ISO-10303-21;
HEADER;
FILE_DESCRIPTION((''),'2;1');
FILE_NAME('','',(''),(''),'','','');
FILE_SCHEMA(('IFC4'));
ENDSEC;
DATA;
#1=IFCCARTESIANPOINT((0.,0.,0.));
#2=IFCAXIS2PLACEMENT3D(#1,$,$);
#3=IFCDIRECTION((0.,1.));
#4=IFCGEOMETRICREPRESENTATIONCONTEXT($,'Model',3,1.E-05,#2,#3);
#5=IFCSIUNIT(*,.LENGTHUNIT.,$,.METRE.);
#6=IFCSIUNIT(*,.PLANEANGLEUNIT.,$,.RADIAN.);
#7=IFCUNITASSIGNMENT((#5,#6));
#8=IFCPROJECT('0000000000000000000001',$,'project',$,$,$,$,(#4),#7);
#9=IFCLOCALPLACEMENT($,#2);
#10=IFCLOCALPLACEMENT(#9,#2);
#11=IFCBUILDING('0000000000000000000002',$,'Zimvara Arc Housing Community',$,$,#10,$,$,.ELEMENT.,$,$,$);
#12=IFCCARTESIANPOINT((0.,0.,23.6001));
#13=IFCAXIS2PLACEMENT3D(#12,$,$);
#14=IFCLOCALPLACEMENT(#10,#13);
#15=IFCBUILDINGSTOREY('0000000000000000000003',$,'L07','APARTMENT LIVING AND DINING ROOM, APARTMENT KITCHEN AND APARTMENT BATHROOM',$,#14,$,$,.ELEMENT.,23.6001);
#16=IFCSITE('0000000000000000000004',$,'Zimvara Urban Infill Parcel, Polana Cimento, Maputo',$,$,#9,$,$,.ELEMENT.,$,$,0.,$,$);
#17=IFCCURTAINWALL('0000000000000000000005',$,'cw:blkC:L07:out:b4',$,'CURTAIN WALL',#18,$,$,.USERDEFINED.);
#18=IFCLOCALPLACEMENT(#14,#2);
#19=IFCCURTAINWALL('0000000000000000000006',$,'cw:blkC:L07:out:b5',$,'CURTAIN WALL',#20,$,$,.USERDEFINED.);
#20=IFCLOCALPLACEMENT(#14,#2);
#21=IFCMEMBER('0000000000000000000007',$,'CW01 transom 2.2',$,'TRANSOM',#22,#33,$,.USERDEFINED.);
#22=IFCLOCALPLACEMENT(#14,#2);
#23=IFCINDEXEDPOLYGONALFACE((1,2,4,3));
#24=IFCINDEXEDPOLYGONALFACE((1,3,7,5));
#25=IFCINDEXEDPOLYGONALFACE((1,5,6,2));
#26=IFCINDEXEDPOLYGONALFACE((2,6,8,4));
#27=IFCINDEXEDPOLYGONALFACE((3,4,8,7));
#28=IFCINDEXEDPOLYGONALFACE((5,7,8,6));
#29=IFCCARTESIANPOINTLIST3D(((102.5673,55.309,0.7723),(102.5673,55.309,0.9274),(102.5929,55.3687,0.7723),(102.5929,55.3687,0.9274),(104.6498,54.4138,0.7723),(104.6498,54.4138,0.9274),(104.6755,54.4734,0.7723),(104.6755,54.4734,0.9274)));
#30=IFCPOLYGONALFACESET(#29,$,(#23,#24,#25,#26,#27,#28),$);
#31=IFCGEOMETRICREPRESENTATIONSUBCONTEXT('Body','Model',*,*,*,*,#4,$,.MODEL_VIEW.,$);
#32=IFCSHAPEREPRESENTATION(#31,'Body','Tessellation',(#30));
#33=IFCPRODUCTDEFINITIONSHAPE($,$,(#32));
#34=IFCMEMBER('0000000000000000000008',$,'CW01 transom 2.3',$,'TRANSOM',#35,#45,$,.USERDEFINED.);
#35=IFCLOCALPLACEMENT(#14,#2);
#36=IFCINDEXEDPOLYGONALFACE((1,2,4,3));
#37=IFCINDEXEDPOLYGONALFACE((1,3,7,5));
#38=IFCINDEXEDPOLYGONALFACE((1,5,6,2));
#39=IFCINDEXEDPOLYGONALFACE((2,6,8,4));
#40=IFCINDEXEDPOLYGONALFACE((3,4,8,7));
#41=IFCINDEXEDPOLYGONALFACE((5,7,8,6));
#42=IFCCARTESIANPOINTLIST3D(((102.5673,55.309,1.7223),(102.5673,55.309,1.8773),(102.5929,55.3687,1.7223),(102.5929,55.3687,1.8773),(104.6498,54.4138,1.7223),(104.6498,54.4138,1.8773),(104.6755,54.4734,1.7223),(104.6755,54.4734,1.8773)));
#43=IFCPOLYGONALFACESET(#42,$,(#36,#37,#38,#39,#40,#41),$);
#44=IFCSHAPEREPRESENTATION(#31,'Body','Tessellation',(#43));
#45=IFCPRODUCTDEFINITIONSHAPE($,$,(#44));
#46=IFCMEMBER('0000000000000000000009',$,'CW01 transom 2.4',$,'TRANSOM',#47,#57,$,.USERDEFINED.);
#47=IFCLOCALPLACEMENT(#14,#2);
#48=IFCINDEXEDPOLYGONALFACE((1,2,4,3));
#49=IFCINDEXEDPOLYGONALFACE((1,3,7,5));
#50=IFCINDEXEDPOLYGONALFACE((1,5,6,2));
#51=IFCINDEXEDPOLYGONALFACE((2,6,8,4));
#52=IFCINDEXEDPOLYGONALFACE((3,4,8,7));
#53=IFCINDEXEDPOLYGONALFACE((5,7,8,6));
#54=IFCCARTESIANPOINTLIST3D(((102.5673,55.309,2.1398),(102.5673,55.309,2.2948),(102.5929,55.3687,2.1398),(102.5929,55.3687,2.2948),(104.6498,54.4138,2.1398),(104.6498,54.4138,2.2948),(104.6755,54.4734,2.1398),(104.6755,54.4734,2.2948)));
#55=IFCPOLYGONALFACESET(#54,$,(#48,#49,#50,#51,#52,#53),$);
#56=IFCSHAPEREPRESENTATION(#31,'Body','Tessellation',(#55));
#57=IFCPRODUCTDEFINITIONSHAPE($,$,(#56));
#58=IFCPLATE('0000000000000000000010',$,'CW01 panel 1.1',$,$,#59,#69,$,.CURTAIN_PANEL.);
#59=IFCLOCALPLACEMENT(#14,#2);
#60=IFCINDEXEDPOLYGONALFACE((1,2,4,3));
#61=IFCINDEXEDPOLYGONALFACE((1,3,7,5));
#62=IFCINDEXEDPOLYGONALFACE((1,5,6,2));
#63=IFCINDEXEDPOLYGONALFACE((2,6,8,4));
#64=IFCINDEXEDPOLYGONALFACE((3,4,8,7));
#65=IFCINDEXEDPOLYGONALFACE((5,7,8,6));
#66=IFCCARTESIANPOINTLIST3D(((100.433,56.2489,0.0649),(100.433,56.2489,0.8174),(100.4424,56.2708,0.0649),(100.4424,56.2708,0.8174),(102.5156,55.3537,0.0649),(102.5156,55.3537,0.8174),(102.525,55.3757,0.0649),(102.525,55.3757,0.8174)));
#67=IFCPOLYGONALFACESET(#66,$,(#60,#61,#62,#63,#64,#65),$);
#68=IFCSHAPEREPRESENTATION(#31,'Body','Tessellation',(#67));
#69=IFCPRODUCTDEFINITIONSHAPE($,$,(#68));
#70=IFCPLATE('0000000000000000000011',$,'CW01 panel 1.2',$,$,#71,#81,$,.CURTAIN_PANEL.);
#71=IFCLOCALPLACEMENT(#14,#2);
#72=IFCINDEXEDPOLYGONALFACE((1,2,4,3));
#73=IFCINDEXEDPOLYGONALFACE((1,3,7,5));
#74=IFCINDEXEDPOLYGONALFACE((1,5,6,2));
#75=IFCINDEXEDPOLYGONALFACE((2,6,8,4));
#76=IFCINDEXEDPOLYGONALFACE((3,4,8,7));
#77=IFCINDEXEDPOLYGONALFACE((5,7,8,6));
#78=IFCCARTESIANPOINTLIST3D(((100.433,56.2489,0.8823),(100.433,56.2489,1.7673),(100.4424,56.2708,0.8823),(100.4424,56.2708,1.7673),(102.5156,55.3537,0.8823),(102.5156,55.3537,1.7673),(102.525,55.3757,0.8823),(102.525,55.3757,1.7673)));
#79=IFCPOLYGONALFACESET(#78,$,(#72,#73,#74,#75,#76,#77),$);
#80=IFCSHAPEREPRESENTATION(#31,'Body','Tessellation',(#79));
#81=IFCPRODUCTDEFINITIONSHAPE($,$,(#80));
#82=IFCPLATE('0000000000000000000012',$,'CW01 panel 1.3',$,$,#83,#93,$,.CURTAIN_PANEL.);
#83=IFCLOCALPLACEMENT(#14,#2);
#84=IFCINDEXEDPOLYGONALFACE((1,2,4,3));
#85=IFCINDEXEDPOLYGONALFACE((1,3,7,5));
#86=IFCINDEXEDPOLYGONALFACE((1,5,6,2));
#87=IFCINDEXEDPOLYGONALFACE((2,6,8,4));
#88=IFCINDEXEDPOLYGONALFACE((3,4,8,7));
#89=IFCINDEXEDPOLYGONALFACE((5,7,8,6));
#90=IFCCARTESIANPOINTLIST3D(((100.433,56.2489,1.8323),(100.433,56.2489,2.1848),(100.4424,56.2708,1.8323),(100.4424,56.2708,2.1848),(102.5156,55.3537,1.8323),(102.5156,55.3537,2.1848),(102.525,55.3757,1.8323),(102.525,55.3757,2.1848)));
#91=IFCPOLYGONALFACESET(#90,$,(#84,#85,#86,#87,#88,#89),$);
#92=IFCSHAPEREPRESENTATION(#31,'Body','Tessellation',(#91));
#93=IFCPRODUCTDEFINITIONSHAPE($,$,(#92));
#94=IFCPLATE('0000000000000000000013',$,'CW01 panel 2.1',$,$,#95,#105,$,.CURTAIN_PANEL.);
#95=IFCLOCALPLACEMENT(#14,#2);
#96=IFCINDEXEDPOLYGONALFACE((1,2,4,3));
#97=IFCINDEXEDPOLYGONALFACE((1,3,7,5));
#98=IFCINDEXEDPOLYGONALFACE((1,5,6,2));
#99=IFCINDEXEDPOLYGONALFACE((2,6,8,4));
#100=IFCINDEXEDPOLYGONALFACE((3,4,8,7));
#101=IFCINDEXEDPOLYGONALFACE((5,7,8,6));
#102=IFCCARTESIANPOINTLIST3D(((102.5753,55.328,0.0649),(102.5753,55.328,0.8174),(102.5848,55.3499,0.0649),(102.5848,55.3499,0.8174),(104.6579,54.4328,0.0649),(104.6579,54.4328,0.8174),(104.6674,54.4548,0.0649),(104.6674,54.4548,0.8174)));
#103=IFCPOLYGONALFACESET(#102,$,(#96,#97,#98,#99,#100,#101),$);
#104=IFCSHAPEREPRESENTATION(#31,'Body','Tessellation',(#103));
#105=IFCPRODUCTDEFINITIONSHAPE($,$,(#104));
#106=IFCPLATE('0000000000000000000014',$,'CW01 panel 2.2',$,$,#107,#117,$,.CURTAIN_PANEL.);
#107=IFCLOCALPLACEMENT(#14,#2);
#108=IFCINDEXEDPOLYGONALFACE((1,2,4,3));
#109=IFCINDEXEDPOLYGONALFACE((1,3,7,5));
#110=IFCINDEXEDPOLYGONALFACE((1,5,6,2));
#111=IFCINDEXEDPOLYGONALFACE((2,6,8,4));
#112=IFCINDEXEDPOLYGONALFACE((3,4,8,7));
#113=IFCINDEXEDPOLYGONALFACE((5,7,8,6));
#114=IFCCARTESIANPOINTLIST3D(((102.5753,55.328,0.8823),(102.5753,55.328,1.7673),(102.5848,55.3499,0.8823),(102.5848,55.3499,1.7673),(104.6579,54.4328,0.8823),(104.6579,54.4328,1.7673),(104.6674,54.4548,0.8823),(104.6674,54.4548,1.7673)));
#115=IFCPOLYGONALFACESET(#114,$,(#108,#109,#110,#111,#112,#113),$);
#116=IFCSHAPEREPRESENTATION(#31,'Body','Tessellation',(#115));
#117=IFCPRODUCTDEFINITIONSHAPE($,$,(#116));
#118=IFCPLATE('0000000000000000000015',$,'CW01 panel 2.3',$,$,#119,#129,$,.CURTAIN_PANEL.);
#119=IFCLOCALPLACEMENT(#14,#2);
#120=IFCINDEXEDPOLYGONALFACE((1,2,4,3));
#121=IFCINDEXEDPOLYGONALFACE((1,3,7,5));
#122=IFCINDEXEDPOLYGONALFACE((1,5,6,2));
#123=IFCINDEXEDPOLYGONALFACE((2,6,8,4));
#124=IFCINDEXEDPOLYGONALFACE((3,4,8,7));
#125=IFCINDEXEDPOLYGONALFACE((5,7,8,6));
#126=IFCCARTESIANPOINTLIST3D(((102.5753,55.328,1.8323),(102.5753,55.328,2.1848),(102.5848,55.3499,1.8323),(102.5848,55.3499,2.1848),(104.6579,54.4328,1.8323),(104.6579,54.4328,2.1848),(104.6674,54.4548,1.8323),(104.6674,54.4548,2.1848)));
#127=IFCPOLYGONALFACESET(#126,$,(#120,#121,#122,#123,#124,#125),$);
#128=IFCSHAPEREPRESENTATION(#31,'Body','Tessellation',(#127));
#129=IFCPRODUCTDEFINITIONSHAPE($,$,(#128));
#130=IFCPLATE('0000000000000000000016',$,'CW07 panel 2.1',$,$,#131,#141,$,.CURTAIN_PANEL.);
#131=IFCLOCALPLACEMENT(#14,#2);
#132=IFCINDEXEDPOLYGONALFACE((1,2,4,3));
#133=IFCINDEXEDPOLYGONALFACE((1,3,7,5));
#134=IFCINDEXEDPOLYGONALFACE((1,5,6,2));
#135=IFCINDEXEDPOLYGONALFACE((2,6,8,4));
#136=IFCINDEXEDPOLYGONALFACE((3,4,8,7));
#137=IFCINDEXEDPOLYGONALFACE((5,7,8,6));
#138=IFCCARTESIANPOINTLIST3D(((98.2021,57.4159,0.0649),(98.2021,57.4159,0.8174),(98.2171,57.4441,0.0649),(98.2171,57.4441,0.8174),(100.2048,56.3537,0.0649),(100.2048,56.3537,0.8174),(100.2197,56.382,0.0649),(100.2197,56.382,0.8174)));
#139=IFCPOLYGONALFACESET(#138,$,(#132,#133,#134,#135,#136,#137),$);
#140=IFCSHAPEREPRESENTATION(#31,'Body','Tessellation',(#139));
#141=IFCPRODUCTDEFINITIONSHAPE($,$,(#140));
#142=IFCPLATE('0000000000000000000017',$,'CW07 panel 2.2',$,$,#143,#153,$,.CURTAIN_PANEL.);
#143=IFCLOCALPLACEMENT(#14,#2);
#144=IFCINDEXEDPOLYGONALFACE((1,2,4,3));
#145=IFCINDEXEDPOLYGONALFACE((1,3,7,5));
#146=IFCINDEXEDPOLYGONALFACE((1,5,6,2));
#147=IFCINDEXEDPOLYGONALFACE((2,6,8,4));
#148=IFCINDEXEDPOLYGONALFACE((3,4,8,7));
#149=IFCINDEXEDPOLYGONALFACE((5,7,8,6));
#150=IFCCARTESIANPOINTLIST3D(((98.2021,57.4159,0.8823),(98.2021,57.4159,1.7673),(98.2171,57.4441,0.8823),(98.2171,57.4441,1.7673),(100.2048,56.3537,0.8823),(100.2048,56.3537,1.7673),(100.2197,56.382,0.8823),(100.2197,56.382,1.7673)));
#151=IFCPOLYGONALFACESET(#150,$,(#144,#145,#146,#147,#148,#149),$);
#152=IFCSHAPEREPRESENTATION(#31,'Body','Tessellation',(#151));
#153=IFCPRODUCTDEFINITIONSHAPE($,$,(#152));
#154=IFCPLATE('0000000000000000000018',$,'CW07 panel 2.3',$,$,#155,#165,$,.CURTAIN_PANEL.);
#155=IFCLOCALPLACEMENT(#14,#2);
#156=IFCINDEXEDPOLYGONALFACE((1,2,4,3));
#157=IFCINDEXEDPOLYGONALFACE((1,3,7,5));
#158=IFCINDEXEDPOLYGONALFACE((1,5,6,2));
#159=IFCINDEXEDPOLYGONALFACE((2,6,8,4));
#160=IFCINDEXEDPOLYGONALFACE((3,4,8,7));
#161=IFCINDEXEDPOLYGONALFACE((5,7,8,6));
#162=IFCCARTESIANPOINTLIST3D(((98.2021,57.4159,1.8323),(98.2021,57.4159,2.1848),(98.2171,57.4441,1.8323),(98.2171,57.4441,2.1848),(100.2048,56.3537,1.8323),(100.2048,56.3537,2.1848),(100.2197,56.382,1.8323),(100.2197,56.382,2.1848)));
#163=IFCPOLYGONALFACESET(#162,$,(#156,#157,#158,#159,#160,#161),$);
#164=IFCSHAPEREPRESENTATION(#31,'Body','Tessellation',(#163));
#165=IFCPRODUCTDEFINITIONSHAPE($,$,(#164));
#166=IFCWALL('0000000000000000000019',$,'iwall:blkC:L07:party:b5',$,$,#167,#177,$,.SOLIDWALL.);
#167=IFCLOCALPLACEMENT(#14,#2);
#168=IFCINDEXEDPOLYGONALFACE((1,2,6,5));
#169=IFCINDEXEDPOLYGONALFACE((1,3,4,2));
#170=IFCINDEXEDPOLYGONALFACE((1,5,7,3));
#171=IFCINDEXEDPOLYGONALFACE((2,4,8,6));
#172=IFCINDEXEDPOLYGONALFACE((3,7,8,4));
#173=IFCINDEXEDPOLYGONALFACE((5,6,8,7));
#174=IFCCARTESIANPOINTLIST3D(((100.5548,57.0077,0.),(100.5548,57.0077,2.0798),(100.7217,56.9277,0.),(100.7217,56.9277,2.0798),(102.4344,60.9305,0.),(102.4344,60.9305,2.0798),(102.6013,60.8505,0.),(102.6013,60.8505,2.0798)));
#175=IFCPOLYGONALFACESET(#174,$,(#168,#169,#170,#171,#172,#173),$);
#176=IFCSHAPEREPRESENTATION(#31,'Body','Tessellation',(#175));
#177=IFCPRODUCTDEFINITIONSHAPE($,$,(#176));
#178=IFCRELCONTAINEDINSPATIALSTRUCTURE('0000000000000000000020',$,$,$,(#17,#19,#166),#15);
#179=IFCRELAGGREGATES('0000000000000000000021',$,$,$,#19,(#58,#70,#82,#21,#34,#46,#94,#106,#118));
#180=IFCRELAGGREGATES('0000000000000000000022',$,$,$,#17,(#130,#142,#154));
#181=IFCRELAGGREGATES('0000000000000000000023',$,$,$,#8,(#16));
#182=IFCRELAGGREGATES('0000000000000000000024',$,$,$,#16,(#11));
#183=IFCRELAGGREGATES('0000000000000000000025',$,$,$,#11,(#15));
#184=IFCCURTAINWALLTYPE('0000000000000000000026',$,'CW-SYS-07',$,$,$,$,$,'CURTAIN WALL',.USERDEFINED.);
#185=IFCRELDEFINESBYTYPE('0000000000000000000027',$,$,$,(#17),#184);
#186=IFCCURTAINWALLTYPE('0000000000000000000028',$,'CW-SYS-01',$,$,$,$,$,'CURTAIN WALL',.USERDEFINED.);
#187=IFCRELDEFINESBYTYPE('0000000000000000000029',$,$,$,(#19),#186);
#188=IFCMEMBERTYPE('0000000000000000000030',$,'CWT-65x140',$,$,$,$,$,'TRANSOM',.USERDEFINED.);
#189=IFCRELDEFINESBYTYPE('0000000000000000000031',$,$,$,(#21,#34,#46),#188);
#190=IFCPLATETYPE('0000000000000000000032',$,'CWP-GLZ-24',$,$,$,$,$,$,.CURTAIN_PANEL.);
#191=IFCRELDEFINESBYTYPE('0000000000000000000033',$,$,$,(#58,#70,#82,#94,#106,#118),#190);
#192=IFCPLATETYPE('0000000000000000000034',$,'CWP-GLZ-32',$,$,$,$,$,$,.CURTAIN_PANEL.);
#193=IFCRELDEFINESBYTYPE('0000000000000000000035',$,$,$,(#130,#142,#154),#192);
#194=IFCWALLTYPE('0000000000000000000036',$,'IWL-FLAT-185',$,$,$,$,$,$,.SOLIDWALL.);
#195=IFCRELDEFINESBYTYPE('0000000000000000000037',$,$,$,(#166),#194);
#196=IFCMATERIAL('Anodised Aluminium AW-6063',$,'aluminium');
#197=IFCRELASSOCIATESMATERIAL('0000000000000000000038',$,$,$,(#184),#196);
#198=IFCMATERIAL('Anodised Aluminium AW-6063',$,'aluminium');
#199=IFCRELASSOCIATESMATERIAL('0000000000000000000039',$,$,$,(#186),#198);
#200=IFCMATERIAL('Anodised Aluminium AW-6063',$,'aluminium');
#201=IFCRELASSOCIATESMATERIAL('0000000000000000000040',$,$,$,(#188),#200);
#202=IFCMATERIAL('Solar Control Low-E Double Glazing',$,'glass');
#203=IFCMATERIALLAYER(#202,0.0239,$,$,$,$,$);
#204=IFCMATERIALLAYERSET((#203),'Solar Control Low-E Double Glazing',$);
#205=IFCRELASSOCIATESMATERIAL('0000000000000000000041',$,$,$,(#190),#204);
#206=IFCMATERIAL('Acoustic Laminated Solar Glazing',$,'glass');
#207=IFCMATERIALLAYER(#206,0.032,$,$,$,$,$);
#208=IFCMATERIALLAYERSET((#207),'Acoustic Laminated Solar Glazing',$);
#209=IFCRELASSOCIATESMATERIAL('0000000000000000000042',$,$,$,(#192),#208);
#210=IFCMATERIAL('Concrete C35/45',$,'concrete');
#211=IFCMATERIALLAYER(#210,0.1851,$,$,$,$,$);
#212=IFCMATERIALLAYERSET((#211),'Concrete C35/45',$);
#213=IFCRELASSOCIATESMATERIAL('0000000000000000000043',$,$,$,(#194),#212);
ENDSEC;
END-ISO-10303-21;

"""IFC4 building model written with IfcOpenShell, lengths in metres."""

from ifc_helpers import new_model, si_unit, direction, frame, frame_2d, origin, origin_2d, place, context, subcontext, project, spatial, rectangle, extrude, material, layer, layer_set, material_profile, profile_set, type_object, element, aggregate, save


model = new_model("IFC4")

# Units and contexts
model_context = context("Model", 3, precision=1e-05, world=origin(), true_north=direction((0.0, 1.0)))
body_context = subcontext(model_context, "Body", "Model", "MODEL_VIEW")
ifc_project = project(units=[si_unit("LENGTHUNIT", "METRE"), si_unit("PLANEANGLEUNIT", "RADIAN")], contexts=[model_context])

# Site, building, storey
site_placement = place(None, origin())
site = spatial("IfcSite", under=ifc_project, at=site_placement, Name="Zimvara Urban Infill Parcel, Polana Cimento, Maputo", CompositionType="ELEMENT", RefElevation=0.0)
building_placement = place(site_placement, origin())
building = spatial("IfcBuilding", under=site, at=building_placement, Name="Zimvara Arc Housing Community", CompositionType="ELEMENT")
storey_placement = place(building_placement, frame((0.0, 0.0, 23.6001)))
storey = spatial("IfcBuildingStorey", under=building, at=storey_placement, Name="L07", Description="APARTMENT LIVING AND DINING ROOM, APARTMENT KITCHEN AND APARTMENT BATHROOM", CompositionType="ELEMENT", Elevation=23.6001)

# Curtain wall
ifc_material_1 = material(Name="Anodised Aluminium AW-6063", Category="aluminium")
curtain_wall_type_1 = type_object("IfcCurtainWallType", Name="CW-SYS-07", ElementType="CURTAIN WALL", PredefinedType="USERDEFINED", material=ifc_material_1)
curtain_wall_1_placement = place(storey_placement, origin())
curtain_wall_1 = element("IfcCurtainWall", 1, at=curtain_wall_1_placement, inside=storey, type_object=curtain_wall_type_1, Name="cw:blkC:L07:out:b4", ObjectType="CURTAIN WALL", PredefinedType="USERDEFINED")

# Curtain wall, members, plates
ifc_material_2 = material(Name="Anodised Aluminium AW-6063", Category="aluminium")
curtain_wall_type_2 = type_object("IfcCurtainWallType", Name="CW-SYS-01", ElementType="CURTAIN WALL", PredefinedType="USERDEFINED", material=ifc_material_2)
curtain_wall_2_placement = place(storey_placement, origin())
curtain_wall_2 = element("IfcCurtainWall", 2, at=curtain_wall_2_placement, inside=storey, type_object=curtain_wall_type_2, Name="cw:blkC:L07:out:b5", ObjectType="CURTAIN WALL", PredefinedType="USERDEFINED")
ifc_material_3 = material(Name="Anodised Aluminium AW-6063", Category="aluminium")
ifc_material_profile_1 = material_profile(ifc_material_3, rectangle(XDim=0.0649, YDim=0.155, at=origin_2d()), Name="ALU 65x155")
ifc_profile_set_1 = profile_set([ifc_material_profile_1], Name="Anodised Aluminium AW-6063")
member_type_1 = type_object("IfcMemberType", Name="CWT-65x140", ElementType="TRANSOM", PredefinedType="USERDEFINED", material=ifc_profile_set_1)
member_1_placement = place(storey_placement, frame((102.5801, 55.3389, 0.8499), z_axis=(0.918704, -0.394946, 0.0), x_axis=(0.394946, 0.918704, 0.0)))
member_1 = element("IfcMember", 3, at=member_1_placement, type_object=member_type_1, Name="CW01 transom 2.2", ObjectType="TRANSOM", PredefinedType="USERDEFINED", context=body_context, shape_type="SweptSolid", body=[
    extrude(rectangle(XDim=0.0649, YDim=0.155, at=origin_2d()), origin(), (0.0, 0.0, 1.0), 2.2668),
])
member_2_placement = place(storey_placement, frame((102.5801, 55.3389, 1.7998), z_axis=(0.918704, -0.394946, 0.0), x_axis=(0.394946, 0.918704, 0.0)))
member_2 = element("IfcMember", 4, at=member_2_placement, type_object=member_type_1, Name="CW01 transom 2.3", ObjectType="TRANSOM", PredefinedType="USERDEFINED", context=body_context, shape_type="SweptSolid", body=[
    extrude(rectangle(XDim=0.0649, YDim=0.155, at=origin_2d()), origin(), (0.0, 0.0, 1.0), 2.2668),
])
member_3_placement = place(storey_placement, frame((102.5801, 55.3389, 2.2173), z_axis=(0.918704, -0.394946, 0.0), x_axis=(0.394946, 0.918704, 0.0)))
member_3 = element("IfcMember", 5, at=member_3_placement, type_object=member_type_1, Name="CW01 transom 2.4", ObjectType="TRANSOM", PredefinedType="USERDEFINED", context=body_context, shape_type="SweptSolid", body=[
    extrude(rectangle(XDim=0.0649, YDim=0.155, at=origin_2d()), origin(), (0.0, 0.0, 1.0), 2.2668),
])
ifc_material_4 = material(Name="Solar Control Low-E Double Glazing", Category="glass")
ifc_layer_1 = layer(ifc_material_4, 0.0239)
ifc_layer_set_1 = layer_set([ifc_layer_1], Name="Solar Control Low-E Double Glazing")
plate_type_1 = type_object("IfcPlateType", Name="CWP-GLZ-24", PredefinedType="CURTAIN_PANEL", material=ifc_layer_set_1)
plate_1_placement = place(storey_placement, frame((101.479, 55.8123, 0.0649), z_axis=(0.0, 0.0, 1.0), x_axis=(0.918722, -0.394904, 0.0)))
plate_1 = element("IfcPlate", 6, at=plate_1_placement, type_object=plate_type_1, Name="CW01 panel 1.1", PredefinedType="CURTAIN_PANEL", context=body_context, shape_type="SweptSolid", body=[
    extrude(rectangle(XDim=2.2668, YDim=0.0239, at=origin_2d()), origin(), (0.0, 0.0, 1.0), 0.7524),
])
plate_2_placement = place(storey_placement, frame((101.479, 55.8123, 0.8823), z_axis=(0.0, 0.0, 1.0), x_axis=(0.918722, -0.394904, 0.0)))
plate_2 = element("IfcPlate", 7, at=plate_2_placement, type_object=plate_type_1, Name="CW01 panel 1.2", PredefinedType="CURTAIN_PANEL", context=body_context, shape_type="SweptSolid", body=[
    extrude(rectangle(XDim=2.2668, YDim=0.0239, at=origin_2d()), origin(), (0.0, 0.0, 1.0), 0.885),
])
plate_3_placement = place(storey_placement, frame((101.479, 55.8123, 1.8323), z_axis=(0.0, 0.0, 1.0), x_axis=(0.918722, -0.394904, 0.0)))
plate_3 = element("IfcPlate", 8, at=plate_3_placement, type_object=plate_type_1, Name="CW01 panel 1.3", PredefinedType="CURTAIN_PANEL", context=body_context, shape_type="SweptSolid", body=[
    extrude(rectangle(XDim=2.2668, YDim=0.0239, at=origin_2d()), origin(), (0.0, 0.0, 1.0), 0.3525),
])
plate_4_placement = place(storey_placement, frame((103.6213, 54.8914, 0.0649), z_axis=(0.0, 0.0, 1.0), x_axis=(0.918722, -0.394904, 0.0)))
plate_4 = element("IfcPlate", 9, at=plate_4_placement, type_object=plate_type_1, Name="CW01 panel 2.1", PredefinedType="CURTAIN_PANEL", context=body_context, shape_type="SweptSolid", body=[
    extrude(rectangle(XDim=2.2668, YDim=0.0239, at=origin_2d()), origin(), (0.0, 0.0, 1.0), 0.7524),
])
plate_5_placement = place(storey_placement, frame((103.6213, 54.8914, 0.8823), z_axis=(0.0, 0.0, 1.0), x_axis=(0.918722, -0.394904, 0.0)))
plate_5 = element("IfcPlate", 10, at=plate_5_placement, type_object=plate_type_1, Name="CW01 panel 2.2", PredefinedType="CURTAIN_PANEL", context=body_context, shape_type="SweptSolid", body=[
    extrude(rectangle(XDim=2.2668, YDim=0.0239, at=origin_2d()), origin(), (0.0, 0.0, 1.0), 0.885),
])
plate_6_placement = place(storey_placement, frame((103.6213, 54.8914, 1.8323), z_axis=(0.0, 0.0, 1.0), x_axis=(0.918722, -0.394904, 0.0)))
plate_6 = element("IfcPlate", 11, at=plate_6_placement, type_object=plate_type_1, Name="CW01 panel 2.3", PredefinedType="CURTAIN_PANEL", context=body_context, shape_type="SweptSolid", body=[
    extrude(rectangle(XDim=2.2668, YDim=0.0239, at=origin_2d()), origin(), (0.0, 0.0, 1.0), 0.3525),
])
aggregate(curtain_wall_2, [plate_1, plate_2, plate_3, member_1, member_2, member_3, plate_4, plate_5, plate_6])

# Plates
ifc_material_5 = material(Name="Acoustic Laminated Solar Glazing", Category="glass")
ifc_layer_2 = layer(ifc_material_5, 0.032)
ifc_layer_set_2 = layer_set([ifc_layer_2], Name="Acoustic Laminated Solar Glazing")
plate_type_2 = type_object("IfcPlateType", Name="CWP-GLZ-32", PredefinedType="CURTAIN_PANEL", material=ifc_layer_set_2)
plate_7_placement = place(storey_placement, frame((99.2109, 56.8989, 0.0649), z_axis=(0.0, 0.0, 1.0), x_axis=(0.883439, -0.468547, 0.0)))
plate_7 = element("IfcPlate", 12, at=plate_7_placement, type_object=plate_type_2, Name="CW07 panel 2.1", PredefinedType="CURTAIN_PANEL", context=body_context, shape_type="SweptSolid", body=[
    extrude(rectangle(XDim=2.2668, YDim=0.032, at=origin_2d()), origin(), (0.0, 0.0, 1.0), 0.7524),
])
plate_8_placement = place(storey_placement, frame((99.2109, 56.8989, 0.8823), z_axis=(0.0, 0.0, 1.0), x_axis=(0.883439, -0.468547, 0.0)))
plate_8 = element("IfcPlate", 13, at=plate_8_placement, type_object=plate_type_2, Name="CW07 panel 2.2", PredefinedType="CURTAIN_PANEL", context=body_context, shape_type="SweptSolid", body=[
    extrude(rectangle(XDim=2.2668, YDim=0.032, at=origin_2d()), origin(), (0.0, 0.0, 1.0), 0.885),
])
plate_9_placement = place(storey_placement, frame((99.2109, 56.8989, 1.8323), z_axis=(0.0, 0.0, 1.0), x_axis=(0.883439, -0.468547, 0.0)))
plate_9 = element("IfcPlate", 14, at=plate_9_placement, type_object=plate_type_2, Name="CW07 panel 2.3", PredefinedType="CURTAIN_PANEL", context=body_context, shape_type="SweptSolid", body=[
    extrude(rectangle(XDim=2.2668, YDim=0.032, at=origin_2d()), origin(), (0.0, 0.0, 1.0), 0.3525),
])
aggregate(curtain_wall_1, [plate_7, plate_8, plate_9])

# Wall
ifc_material_6 = material(Name="Concrete C35/45", Category="concrete")
ifc_layer_3 = layer(ifc_material_6, 0.1851)
ifc_layer_set_3 = layer_set([ifc_layer_3], Name="Concrete C35/45")
wall_type_1 = type_object("IfcWallType", Name="IWL-FLAT-185", PredefinedType="SOLIDWALL", material=ifc_layer_set_3)
wall_1_placement = place(storey_placement, frame((102.5178, 60.8904, 0.0), z_axis=(0.0, 0.0, 1.0), x_axis=(-0.432109, -0.901821, 0.0)))
element("IfcWall", 15, at=wall_1_placement, inside=storey, type_object=wall_type_1, Name="iwall:blkC:L07:party:b5", PredefinedType="SOLIDWALL", context=body_context, shape_type="SweptSolid", body=[
    extrude(rectangle(XDim=4.3499, YDim=0.1851, at=frame_2d((2.1748, 0.0))), origin(), (0.0, 0.0, 1.0), 2.0798),
])

save(model, "model.ifc")
